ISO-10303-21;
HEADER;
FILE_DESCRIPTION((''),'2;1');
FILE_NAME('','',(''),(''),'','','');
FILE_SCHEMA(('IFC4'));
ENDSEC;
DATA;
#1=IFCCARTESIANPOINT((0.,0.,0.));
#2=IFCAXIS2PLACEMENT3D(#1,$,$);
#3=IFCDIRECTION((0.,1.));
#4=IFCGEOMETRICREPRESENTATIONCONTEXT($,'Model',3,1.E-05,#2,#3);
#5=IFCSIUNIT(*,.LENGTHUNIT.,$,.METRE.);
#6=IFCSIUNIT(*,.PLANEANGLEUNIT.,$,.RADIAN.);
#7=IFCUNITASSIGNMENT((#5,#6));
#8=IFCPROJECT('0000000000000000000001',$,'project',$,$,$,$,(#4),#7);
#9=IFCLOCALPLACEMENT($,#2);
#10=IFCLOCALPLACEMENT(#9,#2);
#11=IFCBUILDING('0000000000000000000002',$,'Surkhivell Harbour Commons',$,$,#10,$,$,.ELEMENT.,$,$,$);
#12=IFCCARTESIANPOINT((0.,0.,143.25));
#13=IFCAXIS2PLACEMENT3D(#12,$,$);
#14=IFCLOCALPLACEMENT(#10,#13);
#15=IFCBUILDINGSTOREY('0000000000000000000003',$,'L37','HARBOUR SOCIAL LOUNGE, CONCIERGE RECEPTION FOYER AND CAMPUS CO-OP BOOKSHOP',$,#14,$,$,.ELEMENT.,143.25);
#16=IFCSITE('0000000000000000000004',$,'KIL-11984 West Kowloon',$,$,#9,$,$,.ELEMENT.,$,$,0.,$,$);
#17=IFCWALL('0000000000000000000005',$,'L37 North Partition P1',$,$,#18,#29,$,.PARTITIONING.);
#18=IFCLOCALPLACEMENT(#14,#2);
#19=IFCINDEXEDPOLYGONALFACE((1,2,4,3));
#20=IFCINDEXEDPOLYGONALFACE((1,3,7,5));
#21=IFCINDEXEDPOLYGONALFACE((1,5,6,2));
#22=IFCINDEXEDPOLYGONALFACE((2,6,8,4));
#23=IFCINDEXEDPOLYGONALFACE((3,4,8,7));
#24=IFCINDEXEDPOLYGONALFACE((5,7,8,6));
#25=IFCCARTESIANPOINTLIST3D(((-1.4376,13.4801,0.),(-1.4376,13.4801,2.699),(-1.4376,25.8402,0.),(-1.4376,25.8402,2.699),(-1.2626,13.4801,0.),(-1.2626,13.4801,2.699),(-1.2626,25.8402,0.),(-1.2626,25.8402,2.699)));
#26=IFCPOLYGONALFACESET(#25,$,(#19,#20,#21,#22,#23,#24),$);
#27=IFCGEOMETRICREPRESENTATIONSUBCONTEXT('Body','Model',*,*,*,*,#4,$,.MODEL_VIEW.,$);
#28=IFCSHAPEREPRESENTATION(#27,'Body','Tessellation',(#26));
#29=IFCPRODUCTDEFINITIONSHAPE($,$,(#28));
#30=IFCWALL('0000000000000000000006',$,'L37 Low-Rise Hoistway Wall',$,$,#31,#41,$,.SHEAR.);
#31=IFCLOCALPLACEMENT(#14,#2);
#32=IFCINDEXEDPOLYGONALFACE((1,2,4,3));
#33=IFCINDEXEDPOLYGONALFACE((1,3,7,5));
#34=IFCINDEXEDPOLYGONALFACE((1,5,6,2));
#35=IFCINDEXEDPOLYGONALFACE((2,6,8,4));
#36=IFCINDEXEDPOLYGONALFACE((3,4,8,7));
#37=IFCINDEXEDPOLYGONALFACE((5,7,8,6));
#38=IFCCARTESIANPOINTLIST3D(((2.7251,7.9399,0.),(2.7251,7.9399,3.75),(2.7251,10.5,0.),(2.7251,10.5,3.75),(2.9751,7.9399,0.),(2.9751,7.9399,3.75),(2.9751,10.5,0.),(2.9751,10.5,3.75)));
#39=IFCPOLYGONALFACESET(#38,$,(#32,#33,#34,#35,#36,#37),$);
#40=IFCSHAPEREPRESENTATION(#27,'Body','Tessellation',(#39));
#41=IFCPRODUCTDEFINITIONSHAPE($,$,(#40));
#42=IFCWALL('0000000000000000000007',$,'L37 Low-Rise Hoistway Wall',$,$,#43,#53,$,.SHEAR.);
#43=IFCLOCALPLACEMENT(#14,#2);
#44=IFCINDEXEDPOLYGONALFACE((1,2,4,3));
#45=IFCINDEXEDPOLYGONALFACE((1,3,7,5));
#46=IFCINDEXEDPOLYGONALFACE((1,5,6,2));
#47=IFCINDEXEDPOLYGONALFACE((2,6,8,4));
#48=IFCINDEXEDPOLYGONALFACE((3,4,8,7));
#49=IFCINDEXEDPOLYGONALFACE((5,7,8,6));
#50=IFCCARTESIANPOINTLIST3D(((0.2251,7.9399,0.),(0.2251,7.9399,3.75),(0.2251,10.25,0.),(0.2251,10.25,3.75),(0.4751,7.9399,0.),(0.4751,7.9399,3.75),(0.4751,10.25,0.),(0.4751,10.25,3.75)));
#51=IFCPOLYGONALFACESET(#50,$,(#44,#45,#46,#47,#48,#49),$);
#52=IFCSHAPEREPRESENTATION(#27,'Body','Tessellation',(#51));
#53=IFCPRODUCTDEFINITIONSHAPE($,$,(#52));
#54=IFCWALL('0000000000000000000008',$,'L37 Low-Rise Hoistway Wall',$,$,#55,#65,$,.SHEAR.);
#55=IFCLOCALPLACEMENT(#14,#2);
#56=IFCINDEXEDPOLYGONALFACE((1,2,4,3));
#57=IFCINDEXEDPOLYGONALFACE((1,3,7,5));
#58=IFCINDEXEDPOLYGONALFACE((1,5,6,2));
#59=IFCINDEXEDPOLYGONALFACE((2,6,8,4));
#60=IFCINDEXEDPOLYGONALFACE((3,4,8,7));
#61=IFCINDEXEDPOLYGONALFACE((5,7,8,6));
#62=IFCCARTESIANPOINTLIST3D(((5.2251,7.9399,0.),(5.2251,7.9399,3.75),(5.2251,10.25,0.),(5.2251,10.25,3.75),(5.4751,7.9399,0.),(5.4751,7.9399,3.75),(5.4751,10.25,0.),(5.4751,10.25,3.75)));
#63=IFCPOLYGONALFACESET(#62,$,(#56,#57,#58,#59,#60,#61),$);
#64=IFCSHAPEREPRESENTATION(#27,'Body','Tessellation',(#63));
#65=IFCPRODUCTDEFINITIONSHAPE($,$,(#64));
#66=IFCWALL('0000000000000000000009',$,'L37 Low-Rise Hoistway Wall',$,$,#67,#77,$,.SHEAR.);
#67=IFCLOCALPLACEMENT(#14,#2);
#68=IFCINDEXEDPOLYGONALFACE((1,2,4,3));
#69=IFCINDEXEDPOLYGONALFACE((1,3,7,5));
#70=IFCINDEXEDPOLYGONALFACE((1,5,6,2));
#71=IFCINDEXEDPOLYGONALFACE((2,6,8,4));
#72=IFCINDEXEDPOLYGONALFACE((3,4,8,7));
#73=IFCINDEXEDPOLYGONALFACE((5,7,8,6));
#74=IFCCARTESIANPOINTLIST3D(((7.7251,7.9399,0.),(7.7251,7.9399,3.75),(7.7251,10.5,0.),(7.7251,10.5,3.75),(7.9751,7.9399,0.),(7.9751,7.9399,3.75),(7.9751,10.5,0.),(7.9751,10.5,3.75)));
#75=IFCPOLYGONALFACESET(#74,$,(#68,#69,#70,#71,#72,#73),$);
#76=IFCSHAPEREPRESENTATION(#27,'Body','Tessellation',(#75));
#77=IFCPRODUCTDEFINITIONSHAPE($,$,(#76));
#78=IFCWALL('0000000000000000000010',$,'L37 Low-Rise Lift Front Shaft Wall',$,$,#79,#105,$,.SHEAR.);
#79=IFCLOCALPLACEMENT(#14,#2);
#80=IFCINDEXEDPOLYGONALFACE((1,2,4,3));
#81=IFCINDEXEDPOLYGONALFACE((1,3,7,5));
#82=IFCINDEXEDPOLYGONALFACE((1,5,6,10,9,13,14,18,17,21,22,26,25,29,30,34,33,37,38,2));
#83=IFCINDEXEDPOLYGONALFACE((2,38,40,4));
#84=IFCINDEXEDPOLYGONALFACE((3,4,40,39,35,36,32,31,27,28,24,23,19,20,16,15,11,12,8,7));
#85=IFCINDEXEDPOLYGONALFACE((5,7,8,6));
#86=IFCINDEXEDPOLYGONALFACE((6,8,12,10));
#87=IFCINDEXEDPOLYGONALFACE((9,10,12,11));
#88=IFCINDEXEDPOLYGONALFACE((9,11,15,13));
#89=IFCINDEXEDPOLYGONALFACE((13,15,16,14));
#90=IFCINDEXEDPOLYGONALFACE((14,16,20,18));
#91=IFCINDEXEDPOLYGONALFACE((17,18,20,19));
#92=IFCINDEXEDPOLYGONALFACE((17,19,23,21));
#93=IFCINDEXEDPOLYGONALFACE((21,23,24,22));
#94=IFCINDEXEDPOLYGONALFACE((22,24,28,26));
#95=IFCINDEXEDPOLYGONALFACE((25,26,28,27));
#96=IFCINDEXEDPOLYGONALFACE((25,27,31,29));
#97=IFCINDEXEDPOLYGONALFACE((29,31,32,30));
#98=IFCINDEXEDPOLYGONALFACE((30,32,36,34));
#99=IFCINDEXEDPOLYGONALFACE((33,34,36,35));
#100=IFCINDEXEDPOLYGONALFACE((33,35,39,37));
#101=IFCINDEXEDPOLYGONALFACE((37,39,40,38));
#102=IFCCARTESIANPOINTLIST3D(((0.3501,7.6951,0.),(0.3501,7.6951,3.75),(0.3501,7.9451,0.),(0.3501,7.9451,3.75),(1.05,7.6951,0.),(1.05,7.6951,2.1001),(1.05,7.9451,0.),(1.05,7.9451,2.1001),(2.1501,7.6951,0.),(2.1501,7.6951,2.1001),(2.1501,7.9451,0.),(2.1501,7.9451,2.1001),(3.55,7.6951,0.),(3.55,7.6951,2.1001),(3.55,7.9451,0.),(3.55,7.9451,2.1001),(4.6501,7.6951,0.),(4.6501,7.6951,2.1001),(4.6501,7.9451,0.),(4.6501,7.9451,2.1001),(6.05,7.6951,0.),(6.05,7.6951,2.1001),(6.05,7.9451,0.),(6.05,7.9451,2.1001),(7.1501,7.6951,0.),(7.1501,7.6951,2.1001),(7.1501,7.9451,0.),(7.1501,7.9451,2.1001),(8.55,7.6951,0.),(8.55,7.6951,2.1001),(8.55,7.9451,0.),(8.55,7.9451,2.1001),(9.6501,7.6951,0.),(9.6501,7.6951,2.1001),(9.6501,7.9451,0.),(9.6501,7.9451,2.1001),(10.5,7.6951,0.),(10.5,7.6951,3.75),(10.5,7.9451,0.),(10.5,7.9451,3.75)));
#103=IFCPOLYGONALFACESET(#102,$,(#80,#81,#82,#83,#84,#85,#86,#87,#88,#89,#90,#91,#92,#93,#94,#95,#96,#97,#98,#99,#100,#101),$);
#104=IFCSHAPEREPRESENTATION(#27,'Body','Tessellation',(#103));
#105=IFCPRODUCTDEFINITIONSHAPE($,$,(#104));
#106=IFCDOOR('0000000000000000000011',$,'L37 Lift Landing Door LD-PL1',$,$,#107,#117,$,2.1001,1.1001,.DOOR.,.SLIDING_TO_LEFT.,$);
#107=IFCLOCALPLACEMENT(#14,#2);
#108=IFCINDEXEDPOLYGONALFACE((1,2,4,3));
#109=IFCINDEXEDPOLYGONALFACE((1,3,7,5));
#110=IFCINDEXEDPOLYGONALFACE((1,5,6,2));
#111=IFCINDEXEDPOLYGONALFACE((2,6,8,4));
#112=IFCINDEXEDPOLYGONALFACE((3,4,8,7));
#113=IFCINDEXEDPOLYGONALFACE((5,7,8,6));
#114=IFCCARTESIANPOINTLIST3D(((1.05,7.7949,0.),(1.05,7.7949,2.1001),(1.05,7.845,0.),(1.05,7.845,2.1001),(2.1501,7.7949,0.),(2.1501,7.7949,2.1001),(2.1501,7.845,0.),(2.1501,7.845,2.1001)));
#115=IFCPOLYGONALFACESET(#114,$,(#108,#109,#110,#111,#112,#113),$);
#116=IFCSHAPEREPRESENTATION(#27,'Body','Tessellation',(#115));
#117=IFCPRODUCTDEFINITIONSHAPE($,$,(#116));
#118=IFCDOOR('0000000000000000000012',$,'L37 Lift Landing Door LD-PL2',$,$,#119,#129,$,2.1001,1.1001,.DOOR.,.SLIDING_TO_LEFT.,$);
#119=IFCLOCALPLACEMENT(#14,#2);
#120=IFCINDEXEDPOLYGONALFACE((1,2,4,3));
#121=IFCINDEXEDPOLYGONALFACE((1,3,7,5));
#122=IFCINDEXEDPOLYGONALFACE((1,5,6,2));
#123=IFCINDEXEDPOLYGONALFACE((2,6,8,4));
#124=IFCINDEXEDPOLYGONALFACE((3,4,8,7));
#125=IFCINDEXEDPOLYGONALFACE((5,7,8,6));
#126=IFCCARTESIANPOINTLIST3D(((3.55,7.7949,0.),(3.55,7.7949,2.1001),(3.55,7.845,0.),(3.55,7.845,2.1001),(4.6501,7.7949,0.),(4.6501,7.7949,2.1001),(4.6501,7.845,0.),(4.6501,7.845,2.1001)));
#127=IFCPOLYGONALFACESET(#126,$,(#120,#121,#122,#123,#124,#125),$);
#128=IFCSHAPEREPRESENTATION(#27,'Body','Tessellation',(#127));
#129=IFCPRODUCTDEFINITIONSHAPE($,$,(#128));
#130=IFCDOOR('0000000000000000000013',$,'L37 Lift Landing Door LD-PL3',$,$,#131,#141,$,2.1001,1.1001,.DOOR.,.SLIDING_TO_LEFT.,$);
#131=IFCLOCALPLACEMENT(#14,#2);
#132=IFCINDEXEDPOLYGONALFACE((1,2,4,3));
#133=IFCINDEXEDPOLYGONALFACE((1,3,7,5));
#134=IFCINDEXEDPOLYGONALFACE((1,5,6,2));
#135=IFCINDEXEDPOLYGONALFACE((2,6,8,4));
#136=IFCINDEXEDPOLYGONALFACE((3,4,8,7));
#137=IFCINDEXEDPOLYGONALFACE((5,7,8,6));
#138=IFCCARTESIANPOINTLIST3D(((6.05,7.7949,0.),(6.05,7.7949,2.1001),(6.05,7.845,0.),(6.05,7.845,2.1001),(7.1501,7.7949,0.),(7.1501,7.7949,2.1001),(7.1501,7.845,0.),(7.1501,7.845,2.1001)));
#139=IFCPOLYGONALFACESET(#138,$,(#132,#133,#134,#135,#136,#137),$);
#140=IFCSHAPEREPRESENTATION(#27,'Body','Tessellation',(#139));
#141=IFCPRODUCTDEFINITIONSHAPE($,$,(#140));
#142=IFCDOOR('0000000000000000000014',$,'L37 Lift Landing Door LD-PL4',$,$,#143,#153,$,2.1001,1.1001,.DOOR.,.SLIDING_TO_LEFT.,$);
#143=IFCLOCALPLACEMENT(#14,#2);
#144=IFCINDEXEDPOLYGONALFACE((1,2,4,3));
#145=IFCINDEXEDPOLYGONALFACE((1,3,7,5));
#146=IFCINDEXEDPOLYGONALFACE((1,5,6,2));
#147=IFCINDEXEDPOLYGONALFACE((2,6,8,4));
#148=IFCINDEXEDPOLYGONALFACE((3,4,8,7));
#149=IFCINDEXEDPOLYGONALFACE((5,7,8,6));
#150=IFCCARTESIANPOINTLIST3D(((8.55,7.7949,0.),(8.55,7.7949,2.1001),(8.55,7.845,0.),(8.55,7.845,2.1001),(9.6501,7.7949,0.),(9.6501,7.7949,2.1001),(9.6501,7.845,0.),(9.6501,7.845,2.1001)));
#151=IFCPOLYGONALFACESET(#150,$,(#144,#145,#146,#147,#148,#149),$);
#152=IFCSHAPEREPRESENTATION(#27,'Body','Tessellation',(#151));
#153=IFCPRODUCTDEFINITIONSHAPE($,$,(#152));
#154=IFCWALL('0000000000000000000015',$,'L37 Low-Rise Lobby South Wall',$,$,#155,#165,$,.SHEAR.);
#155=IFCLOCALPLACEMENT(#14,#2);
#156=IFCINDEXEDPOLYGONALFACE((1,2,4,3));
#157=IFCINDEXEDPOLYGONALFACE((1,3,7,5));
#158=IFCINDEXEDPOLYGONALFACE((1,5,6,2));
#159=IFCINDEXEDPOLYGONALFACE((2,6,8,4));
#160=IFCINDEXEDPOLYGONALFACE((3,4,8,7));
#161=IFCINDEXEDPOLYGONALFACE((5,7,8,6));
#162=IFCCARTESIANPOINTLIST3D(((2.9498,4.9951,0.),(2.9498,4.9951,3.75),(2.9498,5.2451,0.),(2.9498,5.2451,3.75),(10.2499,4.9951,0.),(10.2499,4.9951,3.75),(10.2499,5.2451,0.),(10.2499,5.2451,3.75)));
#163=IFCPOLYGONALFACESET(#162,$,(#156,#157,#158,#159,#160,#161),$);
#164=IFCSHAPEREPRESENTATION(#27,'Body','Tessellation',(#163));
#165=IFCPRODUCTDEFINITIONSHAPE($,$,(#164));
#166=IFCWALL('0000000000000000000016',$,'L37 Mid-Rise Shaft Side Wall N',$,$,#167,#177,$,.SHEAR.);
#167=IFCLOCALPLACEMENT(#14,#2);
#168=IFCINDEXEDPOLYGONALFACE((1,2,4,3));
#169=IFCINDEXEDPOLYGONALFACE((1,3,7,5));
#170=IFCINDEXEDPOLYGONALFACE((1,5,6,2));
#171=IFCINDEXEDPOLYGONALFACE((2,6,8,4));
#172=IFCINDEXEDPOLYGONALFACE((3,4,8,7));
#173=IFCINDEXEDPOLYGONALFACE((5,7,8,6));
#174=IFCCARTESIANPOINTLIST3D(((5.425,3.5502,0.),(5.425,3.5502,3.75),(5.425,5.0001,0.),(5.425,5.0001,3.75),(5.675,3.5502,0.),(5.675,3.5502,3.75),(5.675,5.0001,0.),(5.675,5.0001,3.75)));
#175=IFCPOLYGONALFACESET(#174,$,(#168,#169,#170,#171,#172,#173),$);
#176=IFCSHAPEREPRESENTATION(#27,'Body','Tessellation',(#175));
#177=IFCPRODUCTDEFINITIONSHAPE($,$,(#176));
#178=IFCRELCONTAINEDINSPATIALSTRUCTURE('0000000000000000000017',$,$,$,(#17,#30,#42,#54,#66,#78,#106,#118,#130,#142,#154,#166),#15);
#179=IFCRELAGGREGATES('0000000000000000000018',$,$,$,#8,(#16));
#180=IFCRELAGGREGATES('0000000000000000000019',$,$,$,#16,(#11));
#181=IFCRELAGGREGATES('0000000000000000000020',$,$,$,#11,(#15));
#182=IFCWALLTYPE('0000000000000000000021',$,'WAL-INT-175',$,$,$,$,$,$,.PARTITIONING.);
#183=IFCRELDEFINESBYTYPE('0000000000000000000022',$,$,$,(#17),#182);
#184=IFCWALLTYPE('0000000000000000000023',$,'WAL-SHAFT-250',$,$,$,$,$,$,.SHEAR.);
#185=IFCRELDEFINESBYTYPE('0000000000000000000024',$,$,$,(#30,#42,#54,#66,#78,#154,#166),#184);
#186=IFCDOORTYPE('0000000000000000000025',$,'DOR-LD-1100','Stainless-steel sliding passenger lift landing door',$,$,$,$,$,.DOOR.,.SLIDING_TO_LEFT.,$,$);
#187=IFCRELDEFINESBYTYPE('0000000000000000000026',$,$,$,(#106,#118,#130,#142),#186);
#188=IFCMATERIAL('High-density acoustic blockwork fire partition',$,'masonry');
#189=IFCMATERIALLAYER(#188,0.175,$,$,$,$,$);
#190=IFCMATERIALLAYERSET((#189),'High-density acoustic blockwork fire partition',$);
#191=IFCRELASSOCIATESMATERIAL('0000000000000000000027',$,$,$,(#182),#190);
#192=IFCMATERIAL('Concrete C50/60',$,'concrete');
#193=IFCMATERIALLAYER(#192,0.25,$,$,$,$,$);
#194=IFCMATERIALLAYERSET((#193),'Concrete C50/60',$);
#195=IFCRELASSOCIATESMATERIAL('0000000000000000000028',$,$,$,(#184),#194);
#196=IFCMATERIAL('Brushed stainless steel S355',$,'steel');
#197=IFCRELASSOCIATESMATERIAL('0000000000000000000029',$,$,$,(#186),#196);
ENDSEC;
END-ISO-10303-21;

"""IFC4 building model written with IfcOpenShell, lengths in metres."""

from ifc_helpers import new_model, si_unit, direction, frame, frame_2d, origin, place, context, subcontext, project, spatial, rectangle, extrude, material, layer, layer_set, type_object, element, fill, save


model = new_model("IFC4")

# Units and contexts
model_context = context("Model", 3, precision=1e-05, world=origin(), true_north=direction((0.0, 1.0)))
body_context = subcontext(model_context, "Body", "Model", "MODEL_VIEW")
ifc_project = project(units=[si_unit("LENGTHUNIT", "METRE"), si_unit("PLANEANGLEUNIT", "RADIAN")], contexts=[model_context])

# Site, building, storey
site_placement = place(None, origin())
site = spatial("IfcSite", under=ifc_project, at=site_placement, Name="KIL-11984 West Kowloon", CompositionType="ELEMENT", RefElevation=0.0)
building_placement = place(site_placement, origin())
building = spatial("IfcBuilding", under=site, at=building_placement, Name="Surkhivell Harbour Commons", CompositionType="ELEMENT")
storey_placement = place(building_placement, frame((0.0, 0.0, 143.25)))
storey = spatial("IfcBuildingStorey", under=building, at=storey_placement, Name="L37", Description="HARBOUR SOCIAL LOUNGE, CONCIERGE RECEPTION FOYER AND CAMPUS CO-OP BOOKSHOP", CompositionType="ELEMENT", Elevation=143.25)

# Walls
ifc_material_1 = material(Name="High-density acoustic blockwork fire partition", Category="masonry")
ifc_layer_1 = layer(ifc_material_1, 0.175)
ifc_layer_set_1 = layer_set([ifc_layer_1], Name="High-density acoustic blockwork fire partition")
wall_type_1 = type_object("IfcWallType", Name="WAL-INT-175", PredefinedType="PARTITIONING", material=ifc_layer_set_1)
wall_1_placement = place(storey_placement, frame((-1.3501, 13.48, 0.0), z_axis=(0.0, 0.0, 1.0), x_axis=(0.0, 1.0, 0.0)))
element("IfcWall", 1, at=wall_1_placement, inside=storey, type_object=wall_type_1, Name="L37 North Partition P1", PredefinedType="PARTITIONING", context=body_context, shape_type="SweptSolid", body=[
    extrude(rectangle(XDim=12.3601, YDim=0.175, at=frame_2d((6.1802, 0.0))), origin(), (0.0, 0.0, 1.0), 2.699),
])
ifc_material_2 = material(Name="Concrete C50/60", Category="concrete")
ifc_layer_2 = layer(ifc_material_2, 0.25)
ifc_layer_set_2 = layer_set([ifc_layer_2], Name="Concrete C50/60")
wall_type_2 = type_object("IfcWallType", Name="WAL-SHAFT-250", PredefinedType="SHEAR", material=ifc_layer_set_2)
wall_2_placement = place(storey_placement, frame((2.8501, 7.9399, 0.0), z_axis=(0.0, 0.0, 1.0), x_axis=(0.0, 1.0, 0.0)))
element("IfcWall", 2, at=wall_2_placement, inside=storey, type_object=wall_type_2, Name="L37 Low-Rise Hoistway Wall", PredefinedType="SHEAR", context=body_context, shape_type="SweptSolid", body=[
    extrude(rectangle(XDim=2.5601, YDim=0.25, at=frame_2d((1.28, 0.0))), origin(), (0.0, 0.0, 1.0), 3.75),
])
for number, where, z_axis, x_axis, name in (
    (3, (0.3501, 7.9399, 0.0), (0.0, 0.0, 1.0), (0.0, 1.0, 0.0), "L37 Low-Rise Hoistway Wall"),
    (4, (5.3501, 7.9399, 0.0), (0.0, 0.0, 1.0), (0.0, 1.0, 0.0), "L37 Low-Rise Hoistway Wall"),
):
    element("IfcWall", number, at=place(storey_placement, frame(where, z_axis=z_axis, x_axis=x_axis)), inside=storey, type_object=wall_type_2, Name=name, PredefinedType="SHEAR", context=body_context, shape_type="SweptSolid", body=[
        extrude(rectangle(XDim=2.3101, YDim=0.25, at=frame_2d((1.155, 0.0))), origin(), (0.0, 0.0, 1.0), 3.75),
    ])
wall_3_placement = place(storey_placement, frame((7.8501, 7.9399, 0.0), z_axis=(0.0, 0.0, 1.0), x_axis=(0.0, 1.0, 0.0)))
element("IfcWall", 5, at=wall_3_placement, inside=storey, type_object=wall_type_2, Name="L37 Low-Rise Hoistway Wall", PredefinedType="SHEAR", context=body_context, shape_type="SweptSolid", body=[
    extrude(rectangle(XDim=2.5601, YDim=0.25, at=frame_2d((1.28, 0.0))), origin(), (0.0, 0.0, 1.0), 3.75),
])

# Wall, openings, doors
wall_4_placement = place(storey_placement, frame((0.3501, 7.8201, 0.0), z_axis=(0.0, 0.0, 1.0), x_axis=(1.0, 0.0, 0.0)))
wall_4 = element("IfcWall", 6, at=wall_4_placement, inside=storey, type_object=wall_type_2, Name="L37 Low-Rise Lift Front Shaft Wall", PredefinedType="SHEAR", context=body_context, shape_type="SweptSolid", body=[
    extrude(rectangle(XDim=10.1499, YDim=0.25, at=frame_2d((5.075, 0.0))), origin(), (0.0, 0.0, 1.0), 3.75),
])
opening_1_placement = place(wall_4_placement, frame((0.7, 0.0, 0.0)))
opening_1 = element("IfcOpeningElement", 7, at=opening_1_placement, cuts=wall_4, PredefinedType="OPENING", context=body_context, shape_type="SweptSolid", body=[
    extrude(rectangle(XDim=1.1001, YDim=2.1001, at=frame_2d((0.55, 1.05))), frame((0.0, 0.135, 0.0), z_axis=(0.0, -1.0, 0.0), x_axis=(1.0, 0.0, 0.0)), (0.0, 0.0, 1.0), 0.27),
])
opening_2_placement = place(wall_4_placement, frame((3.2, 0.0, 0.0)))
opening_2 = element("IfcOpeningElement", 8, at=opening_2_placement, cuts=wall_4, PredefinedType="OPENING", context=body_context, shape_type="SweptSolid", body=[
    extrude(rectangle(XDim=1.1001, YDim=2.1001, at=frame_2d((0.55, 1.05))), frame((0.0, 0.135, 0.0), z_axis=(0.0, -1.0, 0.0), x_axis=(1.0, 0.0, 0.0)), (0.0, 0.0, 1.0), 0.27),
])
opening_3_placement = place(wall_4_placement, frame((5.7, 0.0, 0.0)))
opening_3 = element("IfcOpeningElement", 9, at=opening_3_placement, cuts=wall_4, PredefinedType="OPENING", context=body_context, shape_type="SweptSolid", body=[
    extrude(rectangle(XDim=1.1001, YDim=2.1001, at=frame_2d((0.55, 1.05))), frame((0.0, 0.135, 0.0), z_axis=(0.0, -1.0, 0.0), x_axis=(1.0, 0.0, 0.0)), (0.0, 0.0, 1.0), 0.27),
])
opening_4_placement = place(wall_4_placement, frame((8.2, 0.0, 0.0)))
opening_4 = element("IfcOpeningElement", 10, at=opening_4_placement, cuts=wall_4, PredefinedType="OPENING", context=body_context, shape_type="SweptSolid", body=[
    extrude(rectangle(XDim=1.1001, YDim=2.1001, at=frame_2d((0.55, 1.05))), frame((0.0, 0.135, 0.0), z_axis=(0.0, -1.0, 0.0), x_axis=(1.0, 0.0, 0.0)), (0.0, 0.0, 1.0), 0.27),
])
ifc_material_3 = material(Name="Brushed stainless steel S355", Category="steel")
door_type_1 = type_object("IfcDoorType", Name="DOR-LD-1100", Description="Stainless-steel sliding passenger lift landing door", OperationType="SLIDING_TO_LEFT", PredefinedType="DOOR", material=ifc_material_3)
door_1_placement = place(opening_1_placement, origin())
door_1 = element("IfcDoor", 11, at=door_1_placement, inside=storey, type_object=door_type_1, Name="L37 Lift Landing Door LD-PL1", OperationType="SLIDING_TO_LEFT", OverallHeight=2.1001, OverallWidth=1.1001, PredefinedType="DOOR", context=body_context, shape_type="SweptSolid", body=[
    extrude(rectangle(XDim=1.1001, YDim=2.1001, at=frame_2d((0.55, 1.05))), frame((0.0, 0.0249, 0.0), z_axis=(0.0, -1.0, 0.0), x_axis=(1.0, 0.0, 0.0)), (0.0, 0.0, 1.0), 0.05),
])
fill(opening_1, door_1)
door_2_placement = place(opening_2_placement, origin())
door_2 = element("IfcDoor", 12, at=door_2_placement, inside=storey, type_object=door_type_1, Name="L37 Lift Landing Door LD-PL2", OperationType="SLIDING_TO_LEFT", OverallHeight=2.1001, OverallWidth=1.1001, PredefinedType="DOOR", context=body_context, shape_type="SweptSolid", body=[
    extrude(rectangle(XDim=1.1001, YDim=2.1001, at=frame_2d((0.55, 1.05))), frame((0.0, 0.0249, 0.0), z_axis=(0.0, -1.0, 0.0), x_axis=(1.0, 0.0, 0.0)), (0.0, 0.0, 1.0), 0.05),
])
fill(opening_2, door_2)
door_3_placement = place(opening_3_placement, origin())
door_3 = element("IfcDoor", 13, at=door_3_placement, inside=storey, type_object=door_type_1, Name="L37 Lift Landing Door LD-PL3", OperationType="SLIDING_TO_LEFT", OverallHeight=2.1001, OverallWidth=1.1001, PredefinedType="DOOR", context=body_context, shape_type="SweptSolid", body=[
    extrude(rectangle(XDim=1.1001, YDim=2.1001, at=frame_2d((0.55, 1.05))), frame((0.0, 0.0249, 0.0), z_axis=(0.0, -1.0, 0.0), x_axis=(1.0, 0.0, 0.0)), (0.0, 0.0, 1.0), 0.05),
])
fill(opening_3, door_3)
door_4_placement = place(opening_4_placement, origin())
door_4 = element("IfcDoor", 14, at=door_4_placement, inside=storey, type_object=door_type_1, Name="L37 Lift Landing Door LD-PL4", OperationType="SLIDING_TO_LEFT", OverallHeight=2.1001, OverallWidth=1.1001, PredefinedType="DOOR", context=body_context, shape_type="SweptSolid", body=[
    extrude(rectangle(XDim=1.1001, YDim=2.1001, at=frame_2d((0.55, 1.05))), frame((0.0, 0.0249, 0.0), z_axis=(0.0, -1.0, 0.0), x_axis=(1.0, 0.0, 0.0)), (0.0, 0.0, 1.0), 0.05),
])
fill(opening_4, door_4)

# Walls
wall_5_placement = place(storey_placement, frame((2.95, 5.1201, 0.0), z_axis=(0.0, 0.0, 1.0), x_axis=(1.0, 0.0, 0.0)))
element("IfcWall", 15, at=wall_5_placement, inside=storey, type_object=wall_type_2, Name="L37 Low-Rise Lobby South Wall", PredefinedType="SHEAR", context=body_context, shape_type="SweptSolid", body=[
    extrude(rectangle(XDim=7.3, YDim=0.25, at=frame_2d((3.6499, 0.0))), origin(), (0.0, 0.0, 1.0), 3.75),
])
for number, where, z_axis, x_axis, name in (
    (16, (5.55, 3.55, 0.0), (0.0, 0.0, 1.0), (0.0, 1.0, 0.0), "L37 Mid-Rise Shaft Side Wall N"),
):
    element("IfcWall", number, at=place(storey_placement, frame(where, z_axis=z_axis, x_axis=x_axis)), inside=storey, type_object=wall_type_2, Name=name, PredefinedType="SHEAR", context=body_context, shape_type="SweptSolid", body=[
        extrude(rectangle(XDim=1.45, YDim=0.25, at=frame_2d((0.7251, 0.0))), origin(), (0.0, 0.0, 1.0), 3.75),
    ])

save(model, "model.ifc")
